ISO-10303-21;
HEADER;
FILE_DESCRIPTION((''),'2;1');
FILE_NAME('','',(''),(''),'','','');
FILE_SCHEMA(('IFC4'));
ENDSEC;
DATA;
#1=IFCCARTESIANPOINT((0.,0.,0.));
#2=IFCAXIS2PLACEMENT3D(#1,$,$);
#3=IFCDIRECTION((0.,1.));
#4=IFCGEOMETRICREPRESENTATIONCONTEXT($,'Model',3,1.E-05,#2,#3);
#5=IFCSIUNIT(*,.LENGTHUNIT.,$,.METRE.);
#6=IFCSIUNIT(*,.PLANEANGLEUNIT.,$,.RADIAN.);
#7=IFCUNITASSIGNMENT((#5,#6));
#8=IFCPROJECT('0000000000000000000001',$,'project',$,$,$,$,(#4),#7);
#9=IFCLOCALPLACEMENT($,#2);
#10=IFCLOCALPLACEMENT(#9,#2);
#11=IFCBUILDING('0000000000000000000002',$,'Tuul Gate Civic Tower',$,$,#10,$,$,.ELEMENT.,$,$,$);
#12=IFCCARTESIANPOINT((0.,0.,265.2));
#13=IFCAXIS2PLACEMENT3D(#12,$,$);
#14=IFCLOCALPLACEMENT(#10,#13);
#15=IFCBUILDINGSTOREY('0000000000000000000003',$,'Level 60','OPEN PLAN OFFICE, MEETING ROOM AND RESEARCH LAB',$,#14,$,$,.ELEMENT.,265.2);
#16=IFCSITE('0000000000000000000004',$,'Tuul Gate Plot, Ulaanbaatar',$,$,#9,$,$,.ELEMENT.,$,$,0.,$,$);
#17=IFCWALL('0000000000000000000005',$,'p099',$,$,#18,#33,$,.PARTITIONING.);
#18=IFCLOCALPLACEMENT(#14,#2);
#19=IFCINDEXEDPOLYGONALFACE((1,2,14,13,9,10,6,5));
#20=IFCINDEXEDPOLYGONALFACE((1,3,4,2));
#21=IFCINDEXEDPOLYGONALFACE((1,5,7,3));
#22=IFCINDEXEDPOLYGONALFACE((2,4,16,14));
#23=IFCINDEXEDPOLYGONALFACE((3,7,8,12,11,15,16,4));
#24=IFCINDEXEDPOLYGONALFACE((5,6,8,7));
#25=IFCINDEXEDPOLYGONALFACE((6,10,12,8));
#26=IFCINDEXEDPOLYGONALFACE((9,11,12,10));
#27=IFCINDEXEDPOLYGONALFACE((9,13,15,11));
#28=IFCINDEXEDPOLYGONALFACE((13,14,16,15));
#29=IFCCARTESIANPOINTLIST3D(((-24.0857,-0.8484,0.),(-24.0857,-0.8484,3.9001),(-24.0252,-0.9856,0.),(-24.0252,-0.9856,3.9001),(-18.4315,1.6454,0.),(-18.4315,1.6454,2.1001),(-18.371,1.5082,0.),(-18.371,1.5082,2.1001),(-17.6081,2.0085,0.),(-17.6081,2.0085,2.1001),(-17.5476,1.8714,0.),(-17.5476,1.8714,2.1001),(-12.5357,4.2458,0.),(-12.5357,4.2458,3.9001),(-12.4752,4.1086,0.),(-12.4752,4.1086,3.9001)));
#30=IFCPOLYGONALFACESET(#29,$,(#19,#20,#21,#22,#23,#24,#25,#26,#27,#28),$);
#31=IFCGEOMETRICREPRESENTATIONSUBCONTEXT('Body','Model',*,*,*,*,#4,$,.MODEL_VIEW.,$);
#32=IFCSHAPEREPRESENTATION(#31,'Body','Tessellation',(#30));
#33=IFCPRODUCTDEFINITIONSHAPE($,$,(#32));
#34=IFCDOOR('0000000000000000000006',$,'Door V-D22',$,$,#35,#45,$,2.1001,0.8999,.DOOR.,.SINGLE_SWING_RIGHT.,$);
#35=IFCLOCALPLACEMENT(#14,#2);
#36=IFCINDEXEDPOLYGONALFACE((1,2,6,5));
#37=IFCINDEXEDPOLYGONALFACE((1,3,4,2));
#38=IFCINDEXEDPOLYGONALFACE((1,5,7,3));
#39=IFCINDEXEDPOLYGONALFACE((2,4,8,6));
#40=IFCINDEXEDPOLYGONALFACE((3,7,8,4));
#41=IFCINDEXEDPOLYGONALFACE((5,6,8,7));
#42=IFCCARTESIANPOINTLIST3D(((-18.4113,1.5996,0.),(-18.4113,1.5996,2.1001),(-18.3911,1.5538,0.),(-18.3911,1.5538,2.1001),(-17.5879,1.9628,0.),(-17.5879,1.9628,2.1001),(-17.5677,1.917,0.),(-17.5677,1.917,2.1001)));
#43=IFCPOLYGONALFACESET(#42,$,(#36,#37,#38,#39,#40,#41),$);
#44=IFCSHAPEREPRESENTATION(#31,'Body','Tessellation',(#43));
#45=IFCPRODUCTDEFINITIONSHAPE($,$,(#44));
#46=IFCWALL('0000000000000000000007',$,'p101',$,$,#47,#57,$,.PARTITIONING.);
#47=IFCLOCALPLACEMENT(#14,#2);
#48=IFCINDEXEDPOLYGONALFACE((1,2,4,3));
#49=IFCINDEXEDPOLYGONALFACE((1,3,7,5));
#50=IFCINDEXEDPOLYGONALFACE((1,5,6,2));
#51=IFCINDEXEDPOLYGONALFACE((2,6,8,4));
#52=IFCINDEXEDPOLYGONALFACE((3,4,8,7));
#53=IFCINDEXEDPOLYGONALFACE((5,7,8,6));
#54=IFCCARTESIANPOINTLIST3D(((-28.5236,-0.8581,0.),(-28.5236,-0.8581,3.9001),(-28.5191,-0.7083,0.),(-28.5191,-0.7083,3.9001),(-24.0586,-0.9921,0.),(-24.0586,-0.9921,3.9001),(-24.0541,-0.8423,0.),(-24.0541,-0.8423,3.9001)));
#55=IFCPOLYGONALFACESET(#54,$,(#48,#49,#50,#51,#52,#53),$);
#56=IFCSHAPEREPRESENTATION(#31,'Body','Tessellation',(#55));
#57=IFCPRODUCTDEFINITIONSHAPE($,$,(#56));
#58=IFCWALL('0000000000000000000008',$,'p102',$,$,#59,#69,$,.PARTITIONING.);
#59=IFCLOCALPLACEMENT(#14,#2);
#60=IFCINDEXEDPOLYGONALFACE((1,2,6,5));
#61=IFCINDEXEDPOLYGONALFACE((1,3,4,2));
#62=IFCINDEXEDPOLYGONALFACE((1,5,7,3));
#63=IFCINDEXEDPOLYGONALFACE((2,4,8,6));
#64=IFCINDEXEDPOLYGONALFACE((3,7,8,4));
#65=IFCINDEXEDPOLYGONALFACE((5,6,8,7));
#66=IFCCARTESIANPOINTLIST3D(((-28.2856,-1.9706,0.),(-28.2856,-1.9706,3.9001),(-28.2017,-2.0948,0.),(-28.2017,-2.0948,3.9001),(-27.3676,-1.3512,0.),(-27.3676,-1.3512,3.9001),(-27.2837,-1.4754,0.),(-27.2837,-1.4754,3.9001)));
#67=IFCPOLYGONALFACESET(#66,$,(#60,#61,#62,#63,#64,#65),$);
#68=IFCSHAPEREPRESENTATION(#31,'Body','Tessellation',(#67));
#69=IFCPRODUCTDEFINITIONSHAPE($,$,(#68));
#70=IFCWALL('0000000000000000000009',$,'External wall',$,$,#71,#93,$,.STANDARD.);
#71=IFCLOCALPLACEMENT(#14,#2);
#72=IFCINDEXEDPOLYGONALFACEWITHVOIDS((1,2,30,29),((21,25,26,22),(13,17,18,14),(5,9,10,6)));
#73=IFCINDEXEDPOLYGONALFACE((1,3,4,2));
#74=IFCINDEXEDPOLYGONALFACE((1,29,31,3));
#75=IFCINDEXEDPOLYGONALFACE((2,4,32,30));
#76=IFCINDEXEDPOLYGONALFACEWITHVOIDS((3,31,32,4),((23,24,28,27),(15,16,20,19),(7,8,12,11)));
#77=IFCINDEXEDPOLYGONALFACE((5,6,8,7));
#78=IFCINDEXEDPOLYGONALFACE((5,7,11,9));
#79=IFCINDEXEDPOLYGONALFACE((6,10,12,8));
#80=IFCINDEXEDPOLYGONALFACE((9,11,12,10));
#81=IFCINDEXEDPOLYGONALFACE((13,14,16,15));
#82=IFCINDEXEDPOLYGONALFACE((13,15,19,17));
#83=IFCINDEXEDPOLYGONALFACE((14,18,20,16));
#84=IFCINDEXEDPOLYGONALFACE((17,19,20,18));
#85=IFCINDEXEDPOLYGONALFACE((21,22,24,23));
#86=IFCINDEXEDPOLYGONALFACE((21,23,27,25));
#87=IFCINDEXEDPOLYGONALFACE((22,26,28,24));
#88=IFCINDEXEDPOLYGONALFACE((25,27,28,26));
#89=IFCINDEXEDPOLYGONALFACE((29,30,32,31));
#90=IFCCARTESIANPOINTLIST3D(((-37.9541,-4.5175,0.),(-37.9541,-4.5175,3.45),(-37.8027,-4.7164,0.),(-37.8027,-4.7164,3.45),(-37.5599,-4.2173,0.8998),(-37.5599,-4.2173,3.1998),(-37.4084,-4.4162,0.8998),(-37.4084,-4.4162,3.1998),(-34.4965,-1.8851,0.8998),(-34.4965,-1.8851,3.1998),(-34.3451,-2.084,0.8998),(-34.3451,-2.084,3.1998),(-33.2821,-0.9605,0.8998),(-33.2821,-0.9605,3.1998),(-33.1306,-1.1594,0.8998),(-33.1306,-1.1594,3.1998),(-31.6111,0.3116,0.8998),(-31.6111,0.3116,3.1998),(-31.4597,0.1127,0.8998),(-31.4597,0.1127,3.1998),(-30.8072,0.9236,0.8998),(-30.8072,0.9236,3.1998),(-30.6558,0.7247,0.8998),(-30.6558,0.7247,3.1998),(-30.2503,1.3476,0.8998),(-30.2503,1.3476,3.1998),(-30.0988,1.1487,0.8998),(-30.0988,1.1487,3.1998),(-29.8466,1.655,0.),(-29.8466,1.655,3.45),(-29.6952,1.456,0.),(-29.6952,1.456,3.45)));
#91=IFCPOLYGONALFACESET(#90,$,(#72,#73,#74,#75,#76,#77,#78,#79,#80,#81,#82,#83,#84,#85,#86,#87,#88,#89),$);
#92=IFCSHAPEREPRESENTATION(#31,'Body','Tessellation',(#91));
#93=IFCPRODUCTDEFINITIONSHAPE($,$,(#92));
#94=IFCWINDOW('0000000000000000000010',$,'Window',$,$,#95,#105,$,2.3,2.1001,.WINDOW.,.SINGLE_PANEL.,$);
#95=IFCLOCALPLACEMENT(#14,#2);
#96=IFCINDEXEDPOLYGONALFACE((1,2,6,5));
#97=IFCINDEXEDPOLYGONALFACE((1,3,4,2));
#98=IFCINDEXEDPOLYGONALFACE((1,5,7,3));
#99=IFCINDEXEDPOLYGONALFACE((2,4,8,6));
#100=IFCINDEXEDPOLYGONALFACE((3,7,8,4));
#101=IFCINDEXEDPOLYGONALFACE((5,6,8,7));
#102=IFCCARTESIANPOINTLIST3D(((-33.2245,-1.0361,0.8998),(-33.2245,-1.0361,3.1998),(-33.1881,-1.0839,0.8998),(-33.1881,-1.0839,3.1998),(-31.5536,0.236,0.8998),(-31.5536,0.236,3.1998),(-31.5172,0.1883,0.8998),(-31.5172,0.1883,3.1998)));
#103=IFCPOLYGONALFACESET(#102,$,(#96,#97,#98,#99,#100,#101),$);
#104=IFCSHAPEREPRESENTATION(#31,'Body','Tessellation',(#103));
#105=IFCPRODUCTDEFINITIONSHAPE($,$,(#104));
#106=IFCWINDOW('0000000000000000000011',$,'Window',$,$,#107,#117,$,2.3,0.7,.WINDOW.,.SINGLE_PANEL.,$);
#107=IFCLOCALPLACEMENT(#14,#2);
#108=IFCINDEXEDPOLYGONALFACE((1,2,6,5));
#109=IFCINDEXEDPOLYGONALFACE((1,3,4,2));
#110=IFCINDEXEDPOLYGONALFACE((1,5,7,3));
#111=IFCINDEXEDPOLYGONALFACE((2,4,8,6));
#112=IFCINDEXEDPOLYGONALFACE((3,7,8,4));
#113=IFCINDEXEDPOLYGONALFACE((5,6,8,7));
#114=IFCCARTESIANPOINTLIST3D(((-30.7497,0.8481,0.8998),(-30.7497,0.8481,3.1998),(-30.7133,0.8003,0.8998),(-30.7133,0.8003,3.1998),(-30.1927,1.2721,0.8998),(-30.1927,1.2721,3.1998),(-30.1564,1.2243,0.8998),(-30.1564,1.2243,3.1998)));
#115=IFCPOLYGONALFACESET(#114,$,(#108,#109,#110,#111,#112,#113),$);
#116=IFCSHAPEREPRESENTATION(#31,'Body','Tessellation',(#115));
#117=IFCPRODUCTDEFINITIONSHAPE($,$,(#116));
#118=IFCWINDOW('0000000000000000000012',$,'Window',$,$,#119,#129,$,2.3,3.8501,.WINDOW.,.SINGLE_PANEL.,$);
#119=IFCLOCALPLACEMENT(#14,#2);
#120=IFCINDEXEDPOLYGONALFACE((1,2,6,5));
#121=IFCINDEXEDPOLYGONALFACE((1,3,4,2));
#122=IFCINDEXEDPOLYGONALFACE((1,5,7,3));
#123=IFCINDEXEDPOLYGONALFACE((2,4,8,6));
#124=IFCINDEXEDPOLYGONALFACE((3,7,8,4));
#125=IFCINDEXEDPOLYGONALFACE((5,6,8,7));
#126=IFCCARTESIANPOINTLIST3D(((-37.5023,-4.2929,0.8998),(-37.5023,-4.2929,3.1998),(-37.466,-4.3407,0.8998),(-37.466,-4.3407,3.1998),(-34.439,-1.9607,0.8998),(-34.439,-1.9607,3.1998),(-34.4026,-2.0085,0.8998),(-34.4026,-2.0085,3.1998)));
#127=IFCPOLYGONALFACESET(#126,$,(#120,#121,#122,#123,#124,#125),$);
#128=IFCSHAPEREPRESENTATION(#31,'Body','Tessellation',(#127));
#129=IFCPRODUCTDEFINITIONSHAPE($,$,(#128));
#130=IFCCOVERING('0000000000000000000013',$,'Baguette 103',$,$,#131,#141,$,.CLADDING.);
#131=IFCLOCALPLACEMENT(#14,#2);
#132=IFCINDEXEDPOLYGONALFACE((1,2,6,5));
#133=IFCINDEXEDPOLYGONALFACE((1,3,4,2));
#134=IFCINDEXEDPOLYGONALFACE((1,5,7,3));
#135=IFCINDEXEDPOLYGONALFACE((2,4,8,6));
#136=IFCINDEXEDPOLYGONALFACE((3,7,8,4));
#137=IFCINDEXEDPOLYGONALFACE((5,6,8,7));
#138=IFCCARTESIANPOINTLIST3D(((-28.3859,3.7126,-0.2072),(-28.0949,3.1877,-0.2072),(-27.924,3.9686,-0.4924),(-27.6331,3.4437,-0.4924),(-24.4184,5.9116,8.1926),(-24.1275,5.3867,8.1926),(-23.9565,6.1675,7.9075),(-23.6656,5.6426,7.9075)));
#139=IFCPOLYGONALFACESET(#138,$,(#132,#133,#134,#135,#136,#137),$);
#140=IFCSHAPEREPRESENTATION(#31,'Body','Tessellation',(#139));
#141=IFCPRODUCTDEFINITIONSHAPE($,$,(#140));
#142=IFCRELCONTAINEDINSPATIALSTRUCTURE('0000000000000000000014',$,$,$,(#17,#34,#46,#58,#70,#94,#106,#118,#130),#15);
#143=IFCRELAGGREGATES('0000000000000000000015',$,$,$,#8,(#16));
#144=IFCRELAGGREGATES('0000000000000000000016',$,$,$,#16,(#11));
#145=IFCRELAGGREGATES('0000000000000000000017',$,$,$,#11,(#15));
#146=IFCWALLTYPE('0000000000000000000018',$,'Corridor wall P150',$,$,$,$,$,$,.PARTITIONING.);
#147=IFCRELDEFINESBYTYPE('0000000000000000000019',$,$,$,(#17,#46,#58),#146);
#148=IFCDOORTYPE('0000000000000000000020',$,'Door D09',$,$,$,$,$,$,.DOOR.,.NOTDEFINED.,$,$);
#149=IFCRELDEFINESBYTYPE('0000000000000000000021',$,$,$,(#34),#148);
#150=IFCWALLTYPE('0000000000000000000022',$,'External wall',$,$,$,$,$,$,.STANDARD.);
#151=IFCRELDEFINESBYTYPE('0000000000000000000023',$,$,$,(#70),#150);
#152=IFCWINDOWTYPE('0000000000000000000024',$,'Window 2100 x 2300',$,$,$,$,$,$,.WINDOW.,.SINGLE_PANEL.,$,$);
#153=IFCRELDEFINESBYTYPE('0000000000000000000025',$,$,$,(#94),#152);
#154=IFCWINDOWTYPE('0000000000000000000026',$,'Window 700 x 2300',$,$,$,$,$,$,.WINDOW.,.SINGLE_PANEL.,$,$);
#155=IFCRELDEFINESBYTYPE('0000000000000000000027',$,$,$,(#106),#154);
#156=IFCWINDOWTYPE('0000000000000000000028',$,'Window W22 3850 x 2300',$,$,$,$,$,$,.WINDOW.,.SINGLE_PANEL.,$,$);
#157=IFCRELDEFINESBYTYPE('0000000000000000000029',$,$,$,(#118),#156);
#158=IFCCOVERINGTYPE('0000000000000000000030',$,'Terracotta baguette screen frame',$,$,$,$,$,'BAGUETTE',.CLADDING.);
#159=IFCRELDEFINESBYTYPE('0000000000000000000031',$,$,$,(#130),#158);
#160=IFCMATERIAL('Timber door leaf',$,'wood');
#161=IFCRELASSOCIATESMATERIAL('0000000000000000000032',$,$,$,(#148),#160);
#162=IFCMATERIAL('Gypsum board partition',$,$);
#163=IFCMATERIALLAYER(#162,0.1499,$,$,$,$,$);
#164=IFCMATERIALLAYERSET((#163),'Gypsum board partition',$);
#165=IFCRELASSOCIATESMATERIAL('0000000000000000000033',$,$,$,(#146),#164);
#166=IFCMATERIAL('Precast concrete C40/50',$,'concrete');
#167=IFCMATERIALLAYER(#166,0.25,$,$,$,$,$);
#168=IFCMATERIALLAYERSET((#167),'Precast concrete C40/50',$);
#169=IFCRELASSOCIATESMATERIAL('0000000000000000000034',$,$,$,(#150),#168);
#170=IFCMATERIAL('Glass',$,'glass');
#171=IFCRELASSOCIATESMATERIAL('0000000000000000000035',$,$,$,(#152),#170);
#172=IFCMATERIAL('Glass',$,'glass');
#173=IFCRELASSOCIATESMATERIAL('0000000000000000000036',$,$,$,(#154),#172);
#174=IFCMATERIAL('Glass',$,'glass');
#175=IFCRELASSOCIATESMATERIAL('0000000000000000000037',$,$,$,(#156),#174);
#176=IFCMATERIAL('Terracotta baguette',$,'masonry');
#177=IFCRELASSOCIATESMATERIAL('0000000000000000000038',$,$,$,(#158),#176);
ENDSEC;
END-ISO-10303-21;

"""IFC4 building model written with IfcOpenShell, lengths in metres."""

from ifc_helpers import new_model, si_unit, direction, frame, frame_2d, origin, origin_2d, place, context, subcontext, project, spatial, rectangle, extrude, material, layer, layer_set, material_profile, profile_set, type_object, element, fill, save


model = new_model("IFC4")

# Units and contexts
model_context = context("Model", 3, precision=1e-05, world=origin(), true_north=direction((0.0, 1.0)))
body_context = subcontext(model_context, "Body", "Model", "MODEL_VIEW")
ifc_project = project(units=[si_unit("LENGTHUNIT", "METRE"), si_unit("PLANEANGLEUNIT", "RADIAN")], contexts=[model_context])

# Site, building, storey
site_placement = place(None, origin())
site = spatial("IfcSite", under=ifc_project, at=site_placement, Name="Tuul Gate Plot, Ulaanbaatar", CompositionType="ELEMENT", RefElevation=0.0)
building_placement = place(site_placement, origin())
building = spatial("IfcBuilding", under=site, at=building_placement, Name="Tuul Gate Civic Tower", CompositionType="ELEMENT")
storey_placement = place(building_placement, frame((0.0, 0.0, 265.2)))
storey = spatial("IfcBuildingStorey", under=building, at=storey_placement, Name="Level 60", Description="OPEN PLAN OFFICE, MEETING ROOM AND RESEARCH LAB", CompositionType="ELEMENT", Elevation=265.2)

# Shared definitions
ifc_material_1 = material(Name="Timber door leaf", Category="wood")
door_type_1 = type_object("IfcDoorType", Name="Door D09", OperationType="NOTDEFINED", PredefinedType="DOOR", material=ifc_material_1)

# Shared definitions
ifc_material_2 = material(Name="Gypsum board partition")
ifc_layer_1 = layer(ifc_material_2, 0.1499)
ifc_layer_set_1 = layer_set([ifc_layer_1], Name="Gypsum board partition")
wall_type_1 = type_object("IfcWallType", Name="Corridor wall P150", PredefinedType="PARTITIONING", material=ifc_layer_set_1)

# Wall, opening, door
wall_1_placement = place(storey_placement, frame((-24.0554, -0.917, 0.0), z_axis=(0.0, 0.0, 1.0), x_axis=(0.914958, 0.403549, 0.0)))
wall_1 = element("IfcWall", 1, at=wall_1_placement, inside=storey, type_object=wall_type_1, Name="p099", PredefinedType="PARTITIONING", context=body_context, shape_type="SweptSolid", body=[
    extrude(rectangle(XDim=12.6235, YDim=0.1499, at=frame_2d((6.3118, 0.0))), origin(), (0.0, 0.0, 1.0), 3.9001),
])
opening_1_placement = place(wall_1_placement, frame((6.1797, 0.0, 0.0)))
opening_1 = element("IfcOpeningElement", 2, at=opening_1_placement, cuts=wall_1, PredefinedType="OPENING", context=body_context, shape_type="SweptSolid", body=[
    extrude(rectangle(XDim=0.8999, YDim=2.1001, at=frame_2d((0.45, 1.05))), frame((0.0, 0.085, 0.0), z_axis=(0.0, -1.0, 0.0), x_axis=(1.0, 0.0, 0.0)), (0.0, 0.0, 1.0), 0.1699),
])
door_1_placement = place(opening_1_placement, origin())
door_1 = element("IfcDoor", 3, at=door_1_placement, inside=storey, type_object=door_type_1, Name="Door V-D22", OperationType="SINGLE_SWING_RIGHT", OverallHeight=2.1001, OverallWidth=0.8999, PredefinedType="DOOR", context=body_context, shape_type="SweptSolid", body=[
    extrude(rectangle(XDim=0.8999, YDim=2.1001, at=frame_2d((0.45, 1.05))), frame((0.0, 0.0249, 0.0), z_axis=(0.0, -1.0, 0.0), x_axis=(1.0, 0.0, 0.0)), (0.0, 0.0, 1.0), 0.05),
])
fill(opening_1, door_1)

# Walls
wall_2_placement = place(storey_placement, frame((-28.5212, -0.7832, 0.0), z_axis=(0.0, 0.0, 1.0), x_axis=(0.99955, -0.030005, 0.0)))
element("IfcWall", 4, at=wall_2_placement, inside=storey, type_object=wall_type_1, Name="p101", PredefinedType="PARTITIONING", context=body_context, shape_type="SweptSolid", body=[
    extrude(rectangle(XDim=4.467, YDim=0.1499, at=frame_2d((2.2334, 0.0))), origin(), (0.0, 0.0, 1.0), 3.9001),
])
wall_3_placement = place(storey_placement, frame((-28.2437, -2.0327, 0.0), z_axis=(0.0, 0.0, 1.0), x_axis=(0.828951, 0.559321, 0.0)))
element("IfcWall", 5, at=wall_3_placement, inside=storey, type_object=wall_type_1, Name="p102", PredefinedType="PARTITIONING", context=body_context, shape_type="SweptSolid", body=[
    extrude(rectangle(XDim=1.1074, YDim=0.1499, at=frame_2d((0.5537, 0.0))), origin(), (0.0, 0.0, 1.0), 3.9001),
])

# Wall, openings, windows
ifc_material_3 = material(Name="Precast concrete C40/50", Category="concrete")
ifc_layer_2 = layer(ifc_material_3, 0.25)
ifc_layer_set_2 = layer_set([ifc_layer_2], Name="Precast concrete C40/50")
wall_type_2 = type_object("IfcWallType", Name="External wall", PredefinedType="STANDARD", material=ifc_layer_set_2)
wall_4_placement = place(storey_placement, frame((-29.771, 1.5554, 0.0), z_axis=(0.0, 0.0, 1.0), x_axis=(-0.795655, -0.60575, 0.0)))
wall_4 = element("IfcWall", 6, at=wall_4_placement, inside=storey, type_object=wall_type_2, Name="External wall", PredefinedType="STANDARD", context=body_context, shape_type="SweptSolid", body=[
    extrude(rectangle(XDim=10.1897, YDim=0.25, at=frame_2d((5.0947, 0.0))), origin(), (0.0, 0.0, 1.0), 3.45),
])
opening_2_placement = place(wall_4_placement, frame((5.844, 0.0, 0.8999)))
opening_2 = element("IfcOpeningElement", 7, at=opening_2_placement, cuts=wall_4, PredefinedType="OPENING", context=body_context, shape_type="SweptSolid", body=[
    extrude(rectangle(XDim=3.8501, YDim=2.3, at=frame_2d((1.925, 1.1499))), frame((0.0, 0.135, 0.0), z_axis=(0.0, -1.0, 0.0), x_axis=(1.0, 0.0, 0.0)), (0.0, 0.0, 1.0), 0.27),
])
opening_3_placement = place(wall_4_placement, frame((0.5071, 0.0, 0.8999)))
opening_3 = element("IfcOpeningElement", 8, at=opening_3_placement, cuts=wall_4, PredefinedType="OPENING", context=body_context, shape_type="SweptSolid", body=[
    extrude(rectangle(XDim=0.7, YDim=2.3, at=frame_2d((0.3501, 1.1499))), frame((0.0, 0.135, 0.0), z_axis=(0.0, -1.0, 0.0), x_axis=(1.0, 0.0, 0.0)), (0.0, 0.0, 1.0), 0.27),
])
opening_4_placement = place(wall_4_placement, frame((2.2175, 0.0, 0.8999)))
opening_4 = element("IfcOpeningElement", 9, at=opening_4_placement, cuts=wall_4, PredefinedType="OPENING", context=body_context, shape_type="SweptSolid", body=[
    extrude(rectangle(XDim=2.1001, YDim=2.3, at=frame_2d((1.05, 1.1499))), frame((0.0, 0.135, 0.0), z_axis=(0.0, -1.0, 0.0), x_axis=(1.0, 0.0, 0.0)), (0.0, 0.0, 1.0), 0.27),
])
ifc_material_4 = material(Name="Glass", Category="glass")
window_type_1 = type_object("IfcWindowType", Name="Window 2100 x 2300", PartitioningType="SINGLE_PANEL", PredefinedType="WINDOW", material=ifc_material_4)
window_1_placement = place(opening_4_placement, origin())
window_1 = element("IfcWindow", 10, at=window_1_placement, inside=storey, type_object=window_type_1, Name="Window", OverallHeight=2.3, OverallWidth=2.1001, PartitioningType="SINGLE_PANEL", PredefinedType="WINDOW", context=body_context, shape_type="SweptSolid", body=[
    extrude(rectangle(XDim=2.1001, YDim=2.3, at=frame_2d((1.05, 1.1499))), frame((0.0, 0.03, 0.0), z_axis=(0.0, -1.0, 0.0), x_axis=(1.0, 0.0, 0.0)), (0.0, 0.0, 1.0), 0.0601),
])
fill(opening_4, window_1)
ifc_material_5 = material(Name="Glass", Category="glass")
window_type_2 = type_object("IfcWindowType", Name="Window 700 x 2300", PartitioningType="SINGLE_PANEL", PredefinedType="WINDOW", material=ifc_material_5)
window_2_placement = place(opening_3_placement, origin())
window_2 = element("IfcWindow", 11, at=window_2_placement, inside=storey, type_object=window_type_2, Name="Window", OverallHeight=2.3, OverallWidth=0.7, PartitioningType="SINGLE_PANEL", PredefinedType="WINDOW", context=body_context, shape_type="SweptSolid", body=[
    extrude(rectangle(XDim=0.7, YDim=2.3, at=frame_2d((0.3501, 1.1499))), frame((0.0, 0.03, 0.0), z_axis=(0.0, -1.0, 0.0), x_axis=(1.0, 0.0, 0.0)), (0.0, 0.0, 1.0), 0.0601),
])
fill(opening_3, window_2)
ifc_material_6 = material(Name="Glass", Category="glass")
window_type_3 = type_object("IfcWindowType", Name="Window W22 3850 x 2300", PartitioningType="SINGLE_PANEL", PredefinedType="WINDOW", material=ifc_material_6)
window_3_placement = place(opening_2_placement, origin())
window_3 = element("IfcWindow", 12, at=window_3_placement, inside=storey, type_object=window_type_3, Name="Window", OverallHeight=2.3, OverallWidth=3.8501, PartitioningType="SINGLE_PANEL", PredefinedType="WINDOW", context=body_context, shape_type="SweptSolid", body=[
    extrude(rectangle(XDim=3.8501, YDim=2.3, at=frame_2d((1.925, 1.1499))), frame((0.0, 0.03, 0.0), z_axis=(0.0, -1.0, 0.0), x_axis=(1.0, 0.0, 0.0)), (0.0, 0.0, 1.0), 0.0601),
])
fill(opening_2, window_3)

# Covering
ifc_material_7 = material(Name="Terracotta baguette", Category="masonry")
ifc_material_profile_1 = material_profile(ifc_material_7, rectangle(XDim=0.6001, YDim=0.6001, at=origin_2d()), Name="Terracotta baguette screen frame")
ifc_profile_set_1 = profile_set([ifc_material_profile_1], Name="Terracotta baguette")
covering_type = type_object("IfcCoveringType", Name="Terracotta baguette screen frame", ElementType="BAGUETTE", PredefinedType="CLADDING", material=ifc_profile_set_1)
covering_placement = place(storey_placement, frame((-24.042, 5.7771, 8.05), z_axis=(-0.415602, -0.230344, -0.879896), x_axis=(0.484765, -0.874644, 0.0)))
element("IfcCovering", 13, at=covering_placement, inside=storey, type_object=covering_type, Name="Baguette 103", PredefinedType="CLADDING", context=body_context, shape_type="SweptSolid", body=[
    extrude(rectangle(XDim=0.6001, YDim=0.6001, at=origin_2d()), origin(), (0.0, 0.0, 1.0), 9.5464),
])

save(model, "model.ifc")
